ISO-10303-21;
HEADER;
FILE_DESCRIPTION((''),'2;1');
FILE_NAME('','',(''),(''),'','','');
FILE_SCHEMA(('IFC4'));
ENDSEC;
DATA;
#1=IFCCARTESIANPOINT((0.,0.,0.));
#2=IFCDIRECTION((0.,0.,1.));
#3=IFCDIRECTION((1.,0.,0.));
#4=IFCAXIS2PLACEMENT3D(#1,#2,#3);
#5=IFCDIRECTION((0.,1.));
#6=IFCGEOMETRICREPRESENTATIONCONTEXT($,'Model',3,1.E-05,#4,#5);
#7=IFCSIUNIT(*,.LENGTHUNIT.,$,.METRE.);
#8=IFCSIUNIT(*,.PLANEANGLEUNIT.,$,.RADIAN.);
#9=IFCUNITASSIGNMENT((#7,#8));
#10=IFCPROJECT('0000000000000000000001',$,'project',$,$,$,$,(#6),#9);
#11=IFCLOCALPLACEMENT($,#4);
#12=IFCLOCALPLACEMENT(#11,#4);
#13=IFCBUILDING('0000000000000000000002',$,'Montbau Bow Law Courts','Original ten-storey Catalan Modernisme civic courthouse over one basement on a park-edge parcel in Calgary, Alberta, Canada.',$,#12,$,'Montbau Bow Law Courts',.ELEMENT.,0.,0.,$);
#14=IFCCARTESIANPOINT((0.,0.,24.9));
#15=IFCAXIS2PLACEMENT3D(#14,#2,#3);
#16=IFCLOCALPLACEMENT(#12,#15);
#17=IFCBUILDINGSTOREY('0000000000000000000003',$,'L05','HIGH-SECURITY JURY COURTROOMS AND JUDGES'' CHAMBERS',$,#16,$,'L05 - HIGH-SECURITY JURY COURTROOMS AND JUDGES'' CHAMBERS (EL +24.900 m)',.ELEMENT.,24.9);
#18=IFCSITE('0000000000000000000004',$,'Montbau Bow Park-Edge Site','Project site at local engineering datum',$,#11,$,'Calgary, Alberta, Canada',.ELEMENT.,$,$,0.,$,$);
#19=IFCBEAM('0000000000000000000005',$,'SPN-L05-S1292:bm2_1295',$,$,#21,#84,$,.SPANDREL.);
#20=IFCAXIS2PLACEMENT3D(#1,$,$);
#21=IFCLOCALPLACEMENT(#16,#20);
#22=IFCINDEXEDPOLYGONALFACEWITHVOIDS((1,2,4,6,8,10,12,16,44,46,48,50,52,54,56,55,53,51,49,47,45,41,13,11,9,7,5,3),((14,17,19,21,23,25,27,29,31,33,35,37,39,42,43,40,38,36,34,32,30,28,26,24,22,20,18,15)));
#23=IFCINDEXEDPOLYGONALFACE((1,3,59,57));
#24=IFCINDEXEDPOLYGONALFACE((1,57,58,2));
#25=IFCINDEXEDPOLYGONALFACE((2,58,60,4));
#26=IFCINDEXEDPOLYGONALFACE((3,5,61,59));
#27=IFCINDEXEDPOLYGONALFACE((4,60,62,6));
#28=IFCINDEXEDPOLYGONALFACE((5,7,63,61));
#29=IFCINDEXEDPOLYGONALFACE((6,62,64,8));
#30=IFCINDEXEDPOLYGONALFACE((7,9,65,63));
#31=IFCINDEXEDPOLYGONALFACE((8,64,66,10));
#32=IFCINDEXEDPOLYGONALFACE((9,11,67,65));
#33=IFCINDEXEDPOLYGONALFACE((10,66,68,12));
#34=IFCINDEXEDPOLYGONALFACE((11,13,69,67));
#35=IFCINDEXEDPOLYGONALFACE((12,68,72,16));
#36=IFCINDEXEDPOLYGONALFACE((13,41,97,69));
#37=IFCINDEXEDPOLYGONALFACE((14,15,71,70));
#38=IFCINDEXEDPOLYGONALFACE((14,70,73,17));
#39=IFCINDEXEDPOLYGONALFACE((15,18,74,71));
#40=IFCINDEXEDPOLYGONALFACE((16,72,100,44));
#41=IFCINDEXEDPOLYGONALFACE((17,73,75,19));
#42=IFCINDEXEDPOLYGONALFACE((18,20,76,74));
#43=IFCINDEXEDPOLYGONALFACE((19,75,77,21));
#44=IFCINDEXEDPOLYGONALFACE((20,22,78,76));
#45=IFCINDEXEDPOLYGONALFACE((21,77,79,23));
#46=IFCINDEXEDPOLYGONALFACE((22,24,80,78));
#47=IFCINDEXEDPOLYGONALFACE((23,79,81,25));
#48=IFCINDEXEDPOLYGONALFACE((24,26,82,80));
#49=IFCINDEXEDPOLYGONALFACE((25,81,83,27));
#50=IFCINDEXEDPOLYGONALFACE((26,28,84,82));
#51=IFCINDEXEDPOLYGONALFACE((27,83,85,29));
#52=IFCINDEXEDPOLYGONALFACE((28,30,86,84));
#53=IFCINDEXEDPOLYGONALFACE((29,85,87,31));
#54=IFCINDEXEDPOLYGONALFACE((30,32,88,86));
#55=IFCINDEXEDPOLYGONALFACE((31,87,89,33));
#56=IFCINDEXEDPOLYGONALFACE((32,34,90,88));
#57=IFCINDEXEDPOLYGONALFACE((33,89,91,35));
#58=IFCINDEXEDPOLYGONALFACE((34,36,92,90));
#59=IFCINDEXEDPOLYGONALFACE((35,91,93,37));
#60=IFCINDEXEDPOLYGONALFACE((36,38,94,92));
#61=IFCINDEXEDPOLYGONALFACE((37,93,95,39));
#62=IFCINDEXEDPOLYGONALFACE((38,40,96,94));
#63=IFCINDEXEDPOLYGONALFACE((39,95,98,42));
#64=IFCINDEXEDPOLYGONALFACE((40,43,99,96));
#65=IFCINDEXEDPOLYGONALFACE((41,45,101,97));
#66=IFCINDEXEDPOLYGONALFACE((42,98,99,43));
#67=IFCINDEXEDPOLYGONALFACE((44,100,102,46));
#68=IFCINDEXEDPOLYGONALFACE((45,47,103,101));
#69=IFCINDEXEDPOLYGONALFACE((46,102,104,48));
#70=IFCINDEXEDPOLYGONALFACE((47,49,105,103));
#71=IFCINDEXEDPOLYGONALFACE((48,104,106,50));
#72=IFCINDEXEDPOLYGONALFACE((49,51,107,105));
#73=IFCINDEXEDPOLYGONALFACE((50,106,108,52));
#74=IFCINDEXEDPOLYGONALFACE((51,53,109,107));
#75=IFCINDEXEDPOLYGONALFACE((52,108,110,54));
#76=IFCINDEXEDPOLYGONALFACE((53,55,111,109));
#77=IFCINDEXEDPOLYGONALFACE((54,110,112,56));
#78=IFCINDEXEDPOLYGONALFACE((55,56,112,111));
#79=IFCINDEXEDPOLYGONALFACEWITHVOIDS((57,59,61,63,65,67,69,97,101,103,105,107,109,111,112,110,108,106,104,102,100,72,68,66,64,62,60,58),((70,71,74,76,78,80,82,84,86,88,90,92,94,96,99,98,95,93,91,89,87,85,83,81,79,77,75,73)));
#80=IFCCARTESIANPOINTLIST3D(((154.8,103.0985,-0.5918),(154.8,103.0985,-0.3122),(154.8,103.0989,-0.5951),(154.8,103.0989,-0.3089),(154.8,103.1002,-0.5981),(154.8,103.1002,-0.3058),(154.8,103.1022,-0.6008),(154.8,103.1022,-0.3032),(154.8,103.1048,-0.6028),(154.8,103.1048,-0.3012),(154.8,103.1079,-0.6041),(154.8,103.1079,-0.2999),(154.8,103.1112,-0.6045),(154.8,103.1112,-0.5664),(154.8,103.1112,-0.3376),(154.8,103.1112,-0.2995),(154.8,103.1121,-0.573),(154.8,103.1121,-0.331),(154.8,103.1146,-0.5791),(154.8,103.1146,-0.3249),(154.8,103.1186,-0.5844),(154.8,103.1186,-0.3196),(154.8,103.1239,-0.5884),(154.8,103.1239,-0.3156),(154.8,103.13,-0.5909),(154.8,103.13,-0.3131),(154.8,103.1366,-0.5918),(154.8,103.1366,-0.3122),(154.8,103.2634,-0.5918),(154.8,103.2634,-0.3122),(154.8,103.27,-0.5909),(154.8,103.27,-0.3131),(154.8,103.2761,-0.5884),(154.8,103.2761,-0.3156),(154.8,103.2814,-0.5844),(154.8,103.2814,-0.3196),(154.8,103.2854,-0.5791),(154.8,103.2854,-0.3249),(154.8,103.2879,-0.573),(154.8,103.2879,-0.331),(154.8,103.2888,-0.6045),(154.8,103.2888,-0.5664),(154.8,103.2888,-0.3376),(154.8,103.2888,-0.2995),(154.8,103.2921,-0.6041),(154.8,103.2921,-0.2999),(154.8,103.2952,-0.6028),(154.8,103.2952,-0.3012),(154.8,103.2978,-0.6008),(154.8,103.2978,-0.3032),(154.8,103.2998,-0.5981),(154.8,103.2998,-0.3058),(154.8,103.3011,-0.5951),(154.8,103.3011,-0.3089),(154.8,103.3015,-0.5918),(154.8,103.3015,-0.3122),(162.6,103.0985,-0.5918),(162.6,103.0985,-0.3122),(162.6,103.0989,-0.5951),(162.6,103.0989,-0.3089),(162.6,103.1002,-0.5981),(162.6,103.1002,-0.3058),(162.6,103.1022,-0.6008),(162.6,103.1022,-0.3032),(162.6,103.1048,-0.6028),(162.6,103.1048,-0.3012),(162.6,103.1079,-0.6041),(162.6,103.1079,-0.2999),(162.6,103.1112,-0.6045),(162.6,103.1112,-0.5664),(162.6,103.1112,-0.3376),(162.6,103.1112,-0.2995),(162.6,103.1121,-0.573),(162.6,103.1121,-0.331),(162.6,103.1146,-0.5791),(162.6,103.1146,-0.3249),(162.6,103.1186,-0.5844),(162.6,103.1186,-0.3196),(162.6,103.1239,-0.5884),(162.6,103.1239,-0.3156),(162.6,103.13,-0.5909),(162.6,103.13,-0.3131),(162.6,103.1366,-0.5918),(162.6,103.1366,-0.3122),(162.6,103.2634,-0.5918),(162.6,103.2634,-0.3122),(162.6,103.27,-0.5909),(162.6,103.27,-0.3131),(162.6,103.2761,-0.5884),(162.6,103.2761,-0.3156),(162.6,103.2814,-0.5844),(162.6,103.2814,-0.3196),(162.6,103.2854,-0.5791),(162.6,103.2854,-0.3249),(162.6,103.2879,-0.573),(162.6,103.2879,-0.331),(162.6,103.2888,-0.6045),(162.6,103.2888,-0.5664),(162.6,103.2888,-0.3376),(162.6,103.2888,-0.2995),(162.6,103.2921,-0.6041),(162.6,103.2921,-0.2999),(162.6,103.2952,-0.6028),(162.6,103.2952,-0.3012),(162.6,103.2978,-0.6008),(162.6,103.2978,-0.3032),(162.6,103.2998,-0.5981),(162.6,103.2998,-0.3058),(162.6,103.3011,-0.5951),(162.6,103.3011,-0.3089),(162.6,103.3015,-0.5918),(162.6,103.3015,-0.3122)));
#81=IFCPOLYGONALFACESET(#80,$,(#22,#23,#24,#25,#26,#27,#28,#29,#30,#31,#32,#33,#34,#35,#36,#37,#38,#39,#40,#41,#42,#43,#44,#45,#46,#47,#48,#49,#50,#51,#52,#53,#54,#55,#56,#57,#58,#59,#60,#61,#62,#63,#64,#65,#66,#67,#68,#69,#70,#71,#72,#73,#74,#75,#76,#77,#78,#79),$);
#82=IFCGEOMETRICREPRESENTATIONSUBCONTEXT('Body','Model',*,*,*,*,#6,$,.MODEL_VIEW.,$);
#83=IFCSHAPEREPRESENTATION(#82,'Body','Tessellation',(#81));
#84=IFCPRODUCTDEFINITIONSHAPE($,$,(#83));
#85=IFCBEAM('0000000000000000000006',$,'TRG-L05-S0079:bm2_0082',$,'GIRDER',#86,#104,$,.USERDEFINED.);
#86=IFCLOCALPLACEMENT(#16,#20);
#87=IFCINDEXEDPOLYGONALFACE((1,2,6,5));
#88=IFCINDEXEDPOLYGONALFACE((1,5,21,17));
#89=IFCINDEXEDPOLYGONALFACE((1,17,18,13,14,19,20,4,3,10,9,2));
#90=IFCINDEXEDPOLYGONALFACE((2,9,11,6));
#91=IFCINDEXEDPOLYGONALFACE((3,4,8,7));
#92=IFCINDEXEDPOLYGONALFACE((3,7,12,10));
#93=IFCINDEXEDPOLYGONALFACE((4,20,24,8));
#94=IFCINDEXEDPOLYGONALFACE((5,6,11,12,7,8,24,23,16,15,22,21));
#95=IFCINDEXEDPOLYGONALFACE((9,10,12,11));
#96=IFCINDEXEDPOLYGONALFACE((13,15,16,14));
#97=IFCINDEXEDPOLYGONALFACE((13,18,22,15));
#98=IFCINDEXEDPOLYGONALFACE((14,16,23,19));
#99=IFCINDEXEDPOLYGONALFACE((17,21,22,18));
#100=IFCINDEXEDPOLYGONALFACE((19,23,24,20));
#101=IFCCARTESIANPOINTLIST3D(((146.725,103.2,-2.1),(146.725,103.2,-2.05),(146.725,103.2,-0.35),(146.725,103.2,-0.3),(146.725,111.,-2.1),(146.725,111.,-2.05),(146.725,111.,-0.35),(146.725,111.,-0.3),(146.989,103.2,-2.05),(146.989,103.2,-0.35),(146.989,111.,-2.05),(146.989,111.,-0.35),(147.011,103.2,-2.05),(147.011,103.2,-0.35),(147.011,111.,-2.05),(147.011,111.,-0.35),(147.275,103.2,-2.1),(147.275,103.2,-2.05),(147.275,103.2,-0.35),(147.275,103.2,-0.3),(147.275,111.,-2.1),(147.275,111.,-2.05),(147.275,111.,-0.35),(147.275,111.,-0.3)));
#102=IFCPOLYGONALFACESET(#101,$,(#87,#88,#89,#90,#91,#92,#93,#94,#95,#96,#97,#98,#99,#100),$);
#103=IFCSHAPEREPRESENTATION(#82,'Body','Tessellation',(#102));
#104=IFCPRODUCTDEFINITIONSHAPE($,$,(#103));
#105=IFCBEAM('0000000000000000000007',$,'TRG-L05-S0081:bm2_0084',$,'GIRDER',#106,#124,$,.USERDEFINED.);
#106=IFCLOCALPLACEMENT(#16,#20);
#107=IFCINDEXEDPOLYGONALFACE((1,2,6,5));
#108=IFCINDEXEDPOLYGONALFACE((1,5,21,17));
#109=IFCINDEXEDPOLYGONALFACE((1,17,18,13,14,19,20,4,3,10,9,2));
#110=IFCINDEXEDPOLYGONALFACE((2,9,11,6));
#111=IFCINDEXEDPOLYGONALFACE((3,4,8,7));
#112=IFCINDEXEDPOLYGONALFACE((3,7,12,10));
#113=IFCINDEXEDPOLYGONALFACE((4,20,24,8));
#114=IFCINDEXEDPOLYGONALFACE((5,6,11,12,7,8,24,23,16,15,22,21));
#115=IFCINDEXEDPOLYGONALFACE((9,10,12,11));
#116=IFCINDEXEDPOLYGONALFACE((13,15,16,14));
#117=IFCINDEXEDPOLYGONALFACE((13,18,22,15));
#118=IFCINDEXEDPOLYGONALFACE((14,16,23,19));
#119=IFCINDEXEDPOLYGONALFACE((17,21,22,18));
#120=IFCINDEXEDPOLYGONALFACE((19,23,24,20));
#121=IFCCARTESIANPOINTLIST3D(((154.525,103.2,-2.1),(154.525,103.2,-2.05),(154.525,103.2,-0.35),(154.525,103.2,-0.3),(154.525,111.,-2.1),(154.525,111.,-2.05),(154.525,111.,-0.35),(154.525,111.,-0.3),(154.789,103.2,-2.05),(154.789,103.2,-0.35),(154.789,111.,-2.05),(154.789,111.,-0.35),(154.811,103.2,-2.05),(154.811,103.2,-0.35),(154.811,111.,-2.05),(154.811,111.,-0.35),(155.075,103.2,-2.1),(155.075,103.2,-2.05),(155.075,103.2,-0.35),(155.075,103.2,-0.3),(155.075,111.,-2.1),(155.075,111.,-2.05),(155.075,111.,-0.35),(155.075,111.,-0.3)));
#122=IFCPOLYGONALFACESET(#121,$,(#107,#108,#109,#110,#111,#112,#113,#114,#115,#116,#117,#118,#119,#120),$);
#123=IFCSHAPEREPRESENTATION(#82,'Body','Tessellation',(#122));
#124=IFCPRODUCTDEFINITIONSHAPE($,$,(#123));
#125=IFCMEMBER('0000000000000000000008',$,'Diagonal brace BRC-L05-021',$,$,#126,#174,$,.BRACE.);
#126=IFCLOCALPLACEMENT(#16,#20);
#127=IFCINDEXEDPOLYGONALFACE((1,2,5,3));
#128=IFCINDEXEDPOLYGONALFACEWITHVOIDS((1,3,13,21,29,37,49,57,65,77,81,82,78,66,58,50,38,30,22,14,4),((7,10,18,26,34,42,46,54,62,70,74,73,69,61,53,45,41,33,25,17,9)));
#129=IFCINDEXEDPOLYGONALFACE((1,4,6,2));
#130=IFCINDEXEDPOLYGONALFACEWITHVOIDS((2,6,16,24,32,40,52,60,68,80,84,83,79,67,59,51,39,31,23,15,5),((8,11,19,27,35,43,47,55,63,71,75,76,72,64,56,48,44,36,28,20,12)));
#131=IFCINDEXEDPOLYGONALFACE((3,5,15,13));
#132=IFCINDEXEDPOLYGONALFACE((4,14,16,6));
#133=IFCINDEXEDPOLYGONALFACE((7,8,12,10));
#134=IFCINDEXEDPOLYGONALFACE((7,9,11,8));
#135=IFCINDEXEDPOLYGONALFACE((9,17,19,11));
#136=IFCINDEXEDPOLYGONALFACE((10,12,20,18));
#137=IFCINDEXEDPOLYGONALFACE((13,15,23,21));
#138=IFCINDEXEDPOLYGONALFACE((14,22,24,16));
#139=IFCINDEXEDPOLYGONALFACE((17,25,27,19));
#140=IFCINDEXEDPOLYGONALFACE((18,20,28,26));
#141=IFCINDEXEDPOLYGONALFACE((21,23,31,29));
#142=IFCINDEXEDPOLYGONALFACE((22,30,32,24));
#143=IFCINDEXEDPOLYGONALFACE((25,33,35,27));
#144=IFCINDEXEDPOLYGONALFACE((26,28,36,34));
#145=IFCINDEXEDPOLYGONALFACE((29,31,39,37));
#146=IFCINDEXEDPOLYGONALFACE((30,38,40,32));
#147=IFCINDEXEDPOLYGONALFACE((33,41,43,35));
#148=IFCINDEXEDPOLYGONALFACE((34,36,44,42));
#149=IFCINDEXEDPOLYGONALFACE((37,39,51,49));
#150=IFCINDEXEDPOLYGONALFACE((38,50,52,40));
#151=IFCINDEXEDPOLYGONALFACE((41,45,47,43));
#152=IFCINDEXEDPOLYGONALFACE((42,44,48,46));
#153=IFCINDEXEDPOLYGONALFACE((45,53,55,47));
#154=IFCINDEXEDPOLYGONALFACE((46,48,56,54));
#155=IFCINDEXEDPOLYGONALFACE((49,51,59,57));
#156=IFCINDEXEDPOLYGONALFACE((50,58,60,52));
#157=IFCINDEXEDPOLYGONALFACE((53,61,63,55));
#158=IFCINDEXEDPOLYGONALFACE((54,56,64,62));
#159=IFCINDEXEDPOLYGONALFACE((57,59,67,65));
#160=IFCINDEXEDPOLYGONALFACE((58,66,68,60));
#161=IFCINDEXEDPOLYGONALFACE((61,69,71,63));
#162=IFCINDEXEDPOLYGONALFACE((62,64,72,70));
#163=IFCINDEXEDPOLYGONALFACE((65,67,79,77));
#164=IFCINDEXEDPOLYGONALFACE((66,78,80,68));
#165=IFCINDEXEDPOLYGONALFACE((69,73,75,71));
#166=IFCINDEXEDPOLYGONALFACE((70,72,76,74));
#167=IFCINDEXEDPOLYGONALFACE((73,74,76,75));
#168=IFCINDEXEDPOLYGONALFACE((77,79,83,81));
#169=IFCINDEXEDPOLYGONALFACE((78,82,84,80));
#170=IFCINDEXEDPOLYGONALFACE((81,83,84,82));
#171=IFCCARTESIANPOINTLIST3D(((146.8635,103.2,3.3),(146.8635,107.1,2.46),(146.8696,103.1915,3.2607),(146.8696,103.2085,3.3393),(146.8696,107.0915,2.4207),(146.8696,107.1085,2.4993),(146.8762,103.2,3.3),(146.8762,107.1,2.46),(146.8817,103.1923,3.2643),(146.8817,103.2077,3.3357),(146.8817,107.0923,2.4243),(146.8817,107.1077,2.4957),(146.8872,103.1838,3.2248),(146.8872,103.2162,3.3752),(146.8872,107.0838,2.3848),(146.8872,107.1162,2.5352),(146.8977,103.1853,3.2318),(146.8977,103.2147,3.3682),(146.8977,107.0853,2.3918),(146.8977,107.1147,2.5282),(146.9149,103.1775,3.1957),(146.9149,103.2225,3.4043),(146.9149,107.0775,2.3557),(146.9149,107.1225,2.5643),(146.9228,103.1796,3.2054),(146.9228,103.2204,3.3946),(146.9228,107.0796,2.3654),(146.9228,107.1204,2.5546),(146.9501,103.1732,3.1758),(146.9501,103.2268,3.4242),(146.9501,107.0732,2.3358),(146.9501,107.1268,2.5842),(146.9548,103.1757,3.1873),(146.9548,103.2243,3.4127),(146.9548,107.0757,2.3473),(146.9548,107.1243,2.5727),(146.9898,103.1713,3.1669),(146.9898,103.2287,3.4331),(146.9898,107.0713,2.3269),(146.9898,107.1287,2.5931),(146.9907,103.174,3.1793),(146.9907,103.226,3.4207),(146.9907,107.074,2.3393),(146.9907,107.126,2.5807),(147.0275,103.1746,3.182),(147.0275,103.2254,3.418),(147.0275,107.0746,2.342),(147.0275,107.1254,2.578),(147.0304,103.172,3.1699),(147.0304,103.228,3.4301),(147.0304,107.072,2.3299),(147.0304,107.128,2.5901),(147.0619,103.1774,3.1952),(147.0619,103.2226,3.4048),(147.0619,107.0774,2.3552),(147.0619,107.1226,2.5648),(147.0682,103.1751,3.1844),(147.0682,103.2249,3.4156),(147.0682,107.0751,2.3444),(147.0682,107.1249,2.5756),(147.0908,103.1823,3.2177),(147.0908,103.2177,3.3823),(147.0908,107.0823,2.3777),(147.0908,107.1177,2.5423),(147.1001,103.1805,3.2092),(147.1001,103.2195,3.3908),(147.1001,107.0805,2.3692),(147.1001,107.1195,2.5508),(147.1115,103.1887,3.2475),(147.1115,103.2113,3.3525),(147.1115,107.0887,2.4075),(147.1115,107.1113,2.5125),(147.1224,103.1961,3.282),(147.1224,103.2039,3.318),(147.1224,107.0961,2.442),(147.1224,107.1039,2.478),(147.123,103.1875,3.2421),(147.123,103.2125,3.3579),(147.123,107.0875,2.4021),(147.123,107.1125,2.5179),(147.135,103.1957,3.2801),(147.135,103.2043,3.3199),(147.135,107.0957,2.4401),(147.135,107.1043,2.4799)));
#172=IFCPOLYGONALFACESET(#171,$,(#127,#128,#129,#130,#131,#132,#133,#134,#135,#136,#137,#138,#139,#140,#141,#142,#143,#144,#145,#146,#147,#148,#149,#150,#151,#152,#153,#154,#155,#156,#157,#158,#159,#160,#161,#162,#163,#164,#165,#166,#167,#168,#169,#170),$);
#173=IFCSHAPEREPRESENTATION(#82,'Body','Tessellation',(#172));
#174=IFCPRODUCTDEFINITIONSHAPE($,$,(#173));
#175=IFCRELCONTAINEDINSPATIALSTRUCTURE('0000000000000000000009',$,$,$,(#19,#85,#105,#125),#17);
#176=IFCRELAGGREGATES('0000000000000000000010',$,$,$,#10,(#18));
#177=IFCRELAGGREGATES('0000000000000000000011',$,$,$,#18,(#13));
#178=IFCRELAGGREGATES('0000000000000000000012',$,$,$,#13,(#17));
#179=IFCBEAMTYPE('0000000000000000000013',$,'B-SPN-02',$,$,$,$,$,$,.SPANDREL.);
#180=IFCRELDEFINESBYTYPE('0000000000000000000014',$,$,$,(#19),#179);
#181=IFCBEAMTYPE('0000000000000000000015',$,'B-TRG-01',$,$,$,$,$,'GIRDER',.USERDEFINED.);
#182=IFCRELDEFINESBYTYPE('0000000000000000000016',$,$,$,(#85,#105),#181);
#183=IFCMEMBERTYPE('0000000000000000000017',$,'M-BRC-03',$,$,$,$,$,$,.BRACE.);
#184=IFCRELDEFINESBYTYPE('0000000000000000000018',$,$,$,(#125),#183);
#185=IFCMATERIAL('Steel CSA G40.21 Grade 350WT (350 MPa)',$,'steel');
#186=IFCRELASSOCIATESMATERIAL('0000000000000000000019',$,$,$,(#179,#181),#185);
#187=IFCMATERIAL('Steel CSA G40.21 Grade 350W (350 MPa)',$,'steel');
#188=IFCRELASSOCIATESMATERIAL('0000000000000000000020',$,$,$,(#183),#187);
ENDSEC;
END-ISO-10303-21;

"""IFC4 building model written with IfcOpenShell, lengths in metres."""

from ifc_helpers import new_model, si_unit, direction, frame, origin_with_axes, origin_2d_with_axis, place, context, subcontext, project, spatial, hollow_rectangle, hollow_circle, i_section, extrude, material, material_profile, profile_set, type_object, element, save


model = new_model("IFC4")

# Units and contexts
model_context = context("Model", 3, precision=1e-05, world=origin_with_axes(), true_north=direction((0.0, 1.0)))
body_context = subcontext(model_context, "Body", "Model", "MODEL_VIEW")
ifc_project = project(units=[si_unit("LENGTHUNIT", "METRE"), si_unit("PLANEANGLEUNIT", "RADIAN")], contexts=[model_context])

# Site, building, storey
site_placement = place(None, origin_with_axes())
site = spatial("IfcSite", under=ifc_project, at=site_placement, Name="Montbau Bow Park-Edge Site", Description="Project site at local engineering datum", LongName="Calgary, Alberta, Canada", CompositionType="ELEMENT", RefElevation=0.0)
building_placement = place(site_placement, origin_with_axes())
building = spatial("IfcBuilding", under=site, at=building_placement, Name="Montbau Bow Law Courts", Description="Original ten-storey Catalan Modernisme civic courthouse over one basement on a park-edge parcel in Calgary, Alberta, Canada.", LongName="Montbau Bow Law Courts", CompositionType="ELEMENT", ElevationOfRefHeight=0.0, ElevationOfTerrain=0.0)
storey_placement = place(building_placement, frame((0.0, 0.0, 24.9), z_axis=(0.0, 0.0, 1.0), x_axis=(1.0, 0.0, 0.0)))
storey = spatial("IfcBuildingStorey", under=building, at=storey_placement, Name="L05", Description="HIGH-SECURITY JURY COURTROOMS AND JUDGES' CHAMBERS", LongName="L05 - HIGH-SECURITY JURY COURTROOMS AND JUDGES' CHAMBERS (EL +24.900 m)", CompositionType="ELEMENT", Elevation=24.9)

# Shared definitions
ifc_material_1 = material(Name="Steel CSA G40.21 Grade 350W (350 MPa)", Category="steel")

# Beams
ifc_material_2 = material(Name="Steel CSA G40.21 Grade 350WT (350 MPa)", Category="steel")
ifc_material_profile_1 = material_profile(ifc_material_2, hollow_rectangle(XDim=0.203, YDim=0.305, WallThickness=0.0127, InnerFilletRadius=0.0254, OuterFilletRadius=0.0127, at=origin_2d_with_axis()), Name="HSS305X203X13", Category="Main", Priority=0)
ifc_profile_set_1 = profile_set([ifc_material_profile_1], Name="Steel CSA G40.21 Grade 350WT (350 MPa)")
beam_type_1 = type_object("IfcBeamType", Name="B-SPN-02", PredefinedType="SPANDREL", material=ifc_profile_set_1)
beam_1_placement = place(None, frame((154.8, 103.2, 24.448), z_axis=(1.0, 0.0, 0.0), x_axis=(0.0, 1.0, 0.0)))
element("IfcBeam", 1, at=beam_1_placement, inside=storey, type_object=beam_type_1, Name="SPN-L05-S1292:bm2_1295", PredefinedType="SPANDREL", context=body_context, shape_type="SweptSolid", body=[
    extrude(hollow_rectangle(XDim=0.203, YDim=0.305, WallThickness=0.0127, InnerFilletRadius=0.0254, OuterFilletRadius=0.0127, at=origin_2d_with_axis()), origin_with_axes(), (0.0, 0.0, 1.0), 7.8),
])
ifc_material_profile_2 = material_profile(ifc_material_2, i_section(OverallWidth=0.55, OverallDepth=1.8, WebThickness=0.022, FlangeThickness=0.05, at=origin_2d_with_axis()), Name="WWF1800X550", Category="Main", Priority=0)
ifc_profile_set_2 = profile_set([ifc_material_profile_2], Name="Steel CSA G40.21 Grade 350WT (350 MPa)")
beam_type_2 = type_object("IfcBeamType", Name="B-TRG-01", ElementType="GIRDER", PredefinedType="USERDEFINED", material=ifc_profile_set_2)
for number, where, z_axis, x_axis, name in (
    (2, (147.0, 103.2, 23.7), (0.0, 1.0, 0.0), (-1.0, 0.0, 0.0), "TRG-L05-S0079:bm2_0082"),
    (3, (154.8, 103.2, 23.7), (0.0, 1.0, 0.0), (-1.0, 0.0, 0.0), "TRG-L05-S0081:bm2_0084"),
):
    element("IfcBeam", number, at=place(None, frame(where, z_axis=z_axis, x_axis=x_axis)), inside=storey, type_object=beam_type_2, Name=name, ObjectType="GIRDER", PredefinedType="USERDEFINED", context=body_context, shape_type="SweptSolid", body=[
        extrude(i_section(OverallWidth=0.55, OverallDepth=1.8, WebThickness=0.022, FlangeThickness=0.05, at=origin_2d_with_axis()), origin_with_axes(), (0.0, 0.0, 1.0), 7.8),
    ])

# Member
ifc_material_profile_3 = material_profile(ifc_material_1, hollow_circle(Radius=0.1365, WallThickness=0.0127, at=origin_2d_with_axis()), Name="HSS273X13", Category="Main", Priority=0)
ifc_profile_set_3 = profile_set([ifc_material_profile_3], Name="Steel CSA G40.21 Grade 350W (350 MPa)")
member_type_1 = type_object("IfcMemberType", Name="M-BRC-03", PredefinedType="BRACE", material=ifc_profile_set_3)
for number, where, z_axis, x_axis, name in (
    (4, (147.0, 103.2, 28.2), (0.0, 0.977582, -0.210556), (-1.0, 0.0, 0.0), "Diagonal brace BRC-L05-021"),
):
    element("IfcMember", number, at=place(None, frame(where, z_axis=z_axis, x_axis=x_axis)), inside=storey, type_object=member_type_1, Name=name, PredefinedType="BRACE", context=body_context, shape_type="SweptSolid", body=[
        extrude(hollow_circle(Radius=0.1365, WallThickness=0.0127, at=origin_2d_with_axis()), origin_with_axes(), (0.0, 0.0, 1.0), 3.9894),
    ])

save(model, "model.ifc")
